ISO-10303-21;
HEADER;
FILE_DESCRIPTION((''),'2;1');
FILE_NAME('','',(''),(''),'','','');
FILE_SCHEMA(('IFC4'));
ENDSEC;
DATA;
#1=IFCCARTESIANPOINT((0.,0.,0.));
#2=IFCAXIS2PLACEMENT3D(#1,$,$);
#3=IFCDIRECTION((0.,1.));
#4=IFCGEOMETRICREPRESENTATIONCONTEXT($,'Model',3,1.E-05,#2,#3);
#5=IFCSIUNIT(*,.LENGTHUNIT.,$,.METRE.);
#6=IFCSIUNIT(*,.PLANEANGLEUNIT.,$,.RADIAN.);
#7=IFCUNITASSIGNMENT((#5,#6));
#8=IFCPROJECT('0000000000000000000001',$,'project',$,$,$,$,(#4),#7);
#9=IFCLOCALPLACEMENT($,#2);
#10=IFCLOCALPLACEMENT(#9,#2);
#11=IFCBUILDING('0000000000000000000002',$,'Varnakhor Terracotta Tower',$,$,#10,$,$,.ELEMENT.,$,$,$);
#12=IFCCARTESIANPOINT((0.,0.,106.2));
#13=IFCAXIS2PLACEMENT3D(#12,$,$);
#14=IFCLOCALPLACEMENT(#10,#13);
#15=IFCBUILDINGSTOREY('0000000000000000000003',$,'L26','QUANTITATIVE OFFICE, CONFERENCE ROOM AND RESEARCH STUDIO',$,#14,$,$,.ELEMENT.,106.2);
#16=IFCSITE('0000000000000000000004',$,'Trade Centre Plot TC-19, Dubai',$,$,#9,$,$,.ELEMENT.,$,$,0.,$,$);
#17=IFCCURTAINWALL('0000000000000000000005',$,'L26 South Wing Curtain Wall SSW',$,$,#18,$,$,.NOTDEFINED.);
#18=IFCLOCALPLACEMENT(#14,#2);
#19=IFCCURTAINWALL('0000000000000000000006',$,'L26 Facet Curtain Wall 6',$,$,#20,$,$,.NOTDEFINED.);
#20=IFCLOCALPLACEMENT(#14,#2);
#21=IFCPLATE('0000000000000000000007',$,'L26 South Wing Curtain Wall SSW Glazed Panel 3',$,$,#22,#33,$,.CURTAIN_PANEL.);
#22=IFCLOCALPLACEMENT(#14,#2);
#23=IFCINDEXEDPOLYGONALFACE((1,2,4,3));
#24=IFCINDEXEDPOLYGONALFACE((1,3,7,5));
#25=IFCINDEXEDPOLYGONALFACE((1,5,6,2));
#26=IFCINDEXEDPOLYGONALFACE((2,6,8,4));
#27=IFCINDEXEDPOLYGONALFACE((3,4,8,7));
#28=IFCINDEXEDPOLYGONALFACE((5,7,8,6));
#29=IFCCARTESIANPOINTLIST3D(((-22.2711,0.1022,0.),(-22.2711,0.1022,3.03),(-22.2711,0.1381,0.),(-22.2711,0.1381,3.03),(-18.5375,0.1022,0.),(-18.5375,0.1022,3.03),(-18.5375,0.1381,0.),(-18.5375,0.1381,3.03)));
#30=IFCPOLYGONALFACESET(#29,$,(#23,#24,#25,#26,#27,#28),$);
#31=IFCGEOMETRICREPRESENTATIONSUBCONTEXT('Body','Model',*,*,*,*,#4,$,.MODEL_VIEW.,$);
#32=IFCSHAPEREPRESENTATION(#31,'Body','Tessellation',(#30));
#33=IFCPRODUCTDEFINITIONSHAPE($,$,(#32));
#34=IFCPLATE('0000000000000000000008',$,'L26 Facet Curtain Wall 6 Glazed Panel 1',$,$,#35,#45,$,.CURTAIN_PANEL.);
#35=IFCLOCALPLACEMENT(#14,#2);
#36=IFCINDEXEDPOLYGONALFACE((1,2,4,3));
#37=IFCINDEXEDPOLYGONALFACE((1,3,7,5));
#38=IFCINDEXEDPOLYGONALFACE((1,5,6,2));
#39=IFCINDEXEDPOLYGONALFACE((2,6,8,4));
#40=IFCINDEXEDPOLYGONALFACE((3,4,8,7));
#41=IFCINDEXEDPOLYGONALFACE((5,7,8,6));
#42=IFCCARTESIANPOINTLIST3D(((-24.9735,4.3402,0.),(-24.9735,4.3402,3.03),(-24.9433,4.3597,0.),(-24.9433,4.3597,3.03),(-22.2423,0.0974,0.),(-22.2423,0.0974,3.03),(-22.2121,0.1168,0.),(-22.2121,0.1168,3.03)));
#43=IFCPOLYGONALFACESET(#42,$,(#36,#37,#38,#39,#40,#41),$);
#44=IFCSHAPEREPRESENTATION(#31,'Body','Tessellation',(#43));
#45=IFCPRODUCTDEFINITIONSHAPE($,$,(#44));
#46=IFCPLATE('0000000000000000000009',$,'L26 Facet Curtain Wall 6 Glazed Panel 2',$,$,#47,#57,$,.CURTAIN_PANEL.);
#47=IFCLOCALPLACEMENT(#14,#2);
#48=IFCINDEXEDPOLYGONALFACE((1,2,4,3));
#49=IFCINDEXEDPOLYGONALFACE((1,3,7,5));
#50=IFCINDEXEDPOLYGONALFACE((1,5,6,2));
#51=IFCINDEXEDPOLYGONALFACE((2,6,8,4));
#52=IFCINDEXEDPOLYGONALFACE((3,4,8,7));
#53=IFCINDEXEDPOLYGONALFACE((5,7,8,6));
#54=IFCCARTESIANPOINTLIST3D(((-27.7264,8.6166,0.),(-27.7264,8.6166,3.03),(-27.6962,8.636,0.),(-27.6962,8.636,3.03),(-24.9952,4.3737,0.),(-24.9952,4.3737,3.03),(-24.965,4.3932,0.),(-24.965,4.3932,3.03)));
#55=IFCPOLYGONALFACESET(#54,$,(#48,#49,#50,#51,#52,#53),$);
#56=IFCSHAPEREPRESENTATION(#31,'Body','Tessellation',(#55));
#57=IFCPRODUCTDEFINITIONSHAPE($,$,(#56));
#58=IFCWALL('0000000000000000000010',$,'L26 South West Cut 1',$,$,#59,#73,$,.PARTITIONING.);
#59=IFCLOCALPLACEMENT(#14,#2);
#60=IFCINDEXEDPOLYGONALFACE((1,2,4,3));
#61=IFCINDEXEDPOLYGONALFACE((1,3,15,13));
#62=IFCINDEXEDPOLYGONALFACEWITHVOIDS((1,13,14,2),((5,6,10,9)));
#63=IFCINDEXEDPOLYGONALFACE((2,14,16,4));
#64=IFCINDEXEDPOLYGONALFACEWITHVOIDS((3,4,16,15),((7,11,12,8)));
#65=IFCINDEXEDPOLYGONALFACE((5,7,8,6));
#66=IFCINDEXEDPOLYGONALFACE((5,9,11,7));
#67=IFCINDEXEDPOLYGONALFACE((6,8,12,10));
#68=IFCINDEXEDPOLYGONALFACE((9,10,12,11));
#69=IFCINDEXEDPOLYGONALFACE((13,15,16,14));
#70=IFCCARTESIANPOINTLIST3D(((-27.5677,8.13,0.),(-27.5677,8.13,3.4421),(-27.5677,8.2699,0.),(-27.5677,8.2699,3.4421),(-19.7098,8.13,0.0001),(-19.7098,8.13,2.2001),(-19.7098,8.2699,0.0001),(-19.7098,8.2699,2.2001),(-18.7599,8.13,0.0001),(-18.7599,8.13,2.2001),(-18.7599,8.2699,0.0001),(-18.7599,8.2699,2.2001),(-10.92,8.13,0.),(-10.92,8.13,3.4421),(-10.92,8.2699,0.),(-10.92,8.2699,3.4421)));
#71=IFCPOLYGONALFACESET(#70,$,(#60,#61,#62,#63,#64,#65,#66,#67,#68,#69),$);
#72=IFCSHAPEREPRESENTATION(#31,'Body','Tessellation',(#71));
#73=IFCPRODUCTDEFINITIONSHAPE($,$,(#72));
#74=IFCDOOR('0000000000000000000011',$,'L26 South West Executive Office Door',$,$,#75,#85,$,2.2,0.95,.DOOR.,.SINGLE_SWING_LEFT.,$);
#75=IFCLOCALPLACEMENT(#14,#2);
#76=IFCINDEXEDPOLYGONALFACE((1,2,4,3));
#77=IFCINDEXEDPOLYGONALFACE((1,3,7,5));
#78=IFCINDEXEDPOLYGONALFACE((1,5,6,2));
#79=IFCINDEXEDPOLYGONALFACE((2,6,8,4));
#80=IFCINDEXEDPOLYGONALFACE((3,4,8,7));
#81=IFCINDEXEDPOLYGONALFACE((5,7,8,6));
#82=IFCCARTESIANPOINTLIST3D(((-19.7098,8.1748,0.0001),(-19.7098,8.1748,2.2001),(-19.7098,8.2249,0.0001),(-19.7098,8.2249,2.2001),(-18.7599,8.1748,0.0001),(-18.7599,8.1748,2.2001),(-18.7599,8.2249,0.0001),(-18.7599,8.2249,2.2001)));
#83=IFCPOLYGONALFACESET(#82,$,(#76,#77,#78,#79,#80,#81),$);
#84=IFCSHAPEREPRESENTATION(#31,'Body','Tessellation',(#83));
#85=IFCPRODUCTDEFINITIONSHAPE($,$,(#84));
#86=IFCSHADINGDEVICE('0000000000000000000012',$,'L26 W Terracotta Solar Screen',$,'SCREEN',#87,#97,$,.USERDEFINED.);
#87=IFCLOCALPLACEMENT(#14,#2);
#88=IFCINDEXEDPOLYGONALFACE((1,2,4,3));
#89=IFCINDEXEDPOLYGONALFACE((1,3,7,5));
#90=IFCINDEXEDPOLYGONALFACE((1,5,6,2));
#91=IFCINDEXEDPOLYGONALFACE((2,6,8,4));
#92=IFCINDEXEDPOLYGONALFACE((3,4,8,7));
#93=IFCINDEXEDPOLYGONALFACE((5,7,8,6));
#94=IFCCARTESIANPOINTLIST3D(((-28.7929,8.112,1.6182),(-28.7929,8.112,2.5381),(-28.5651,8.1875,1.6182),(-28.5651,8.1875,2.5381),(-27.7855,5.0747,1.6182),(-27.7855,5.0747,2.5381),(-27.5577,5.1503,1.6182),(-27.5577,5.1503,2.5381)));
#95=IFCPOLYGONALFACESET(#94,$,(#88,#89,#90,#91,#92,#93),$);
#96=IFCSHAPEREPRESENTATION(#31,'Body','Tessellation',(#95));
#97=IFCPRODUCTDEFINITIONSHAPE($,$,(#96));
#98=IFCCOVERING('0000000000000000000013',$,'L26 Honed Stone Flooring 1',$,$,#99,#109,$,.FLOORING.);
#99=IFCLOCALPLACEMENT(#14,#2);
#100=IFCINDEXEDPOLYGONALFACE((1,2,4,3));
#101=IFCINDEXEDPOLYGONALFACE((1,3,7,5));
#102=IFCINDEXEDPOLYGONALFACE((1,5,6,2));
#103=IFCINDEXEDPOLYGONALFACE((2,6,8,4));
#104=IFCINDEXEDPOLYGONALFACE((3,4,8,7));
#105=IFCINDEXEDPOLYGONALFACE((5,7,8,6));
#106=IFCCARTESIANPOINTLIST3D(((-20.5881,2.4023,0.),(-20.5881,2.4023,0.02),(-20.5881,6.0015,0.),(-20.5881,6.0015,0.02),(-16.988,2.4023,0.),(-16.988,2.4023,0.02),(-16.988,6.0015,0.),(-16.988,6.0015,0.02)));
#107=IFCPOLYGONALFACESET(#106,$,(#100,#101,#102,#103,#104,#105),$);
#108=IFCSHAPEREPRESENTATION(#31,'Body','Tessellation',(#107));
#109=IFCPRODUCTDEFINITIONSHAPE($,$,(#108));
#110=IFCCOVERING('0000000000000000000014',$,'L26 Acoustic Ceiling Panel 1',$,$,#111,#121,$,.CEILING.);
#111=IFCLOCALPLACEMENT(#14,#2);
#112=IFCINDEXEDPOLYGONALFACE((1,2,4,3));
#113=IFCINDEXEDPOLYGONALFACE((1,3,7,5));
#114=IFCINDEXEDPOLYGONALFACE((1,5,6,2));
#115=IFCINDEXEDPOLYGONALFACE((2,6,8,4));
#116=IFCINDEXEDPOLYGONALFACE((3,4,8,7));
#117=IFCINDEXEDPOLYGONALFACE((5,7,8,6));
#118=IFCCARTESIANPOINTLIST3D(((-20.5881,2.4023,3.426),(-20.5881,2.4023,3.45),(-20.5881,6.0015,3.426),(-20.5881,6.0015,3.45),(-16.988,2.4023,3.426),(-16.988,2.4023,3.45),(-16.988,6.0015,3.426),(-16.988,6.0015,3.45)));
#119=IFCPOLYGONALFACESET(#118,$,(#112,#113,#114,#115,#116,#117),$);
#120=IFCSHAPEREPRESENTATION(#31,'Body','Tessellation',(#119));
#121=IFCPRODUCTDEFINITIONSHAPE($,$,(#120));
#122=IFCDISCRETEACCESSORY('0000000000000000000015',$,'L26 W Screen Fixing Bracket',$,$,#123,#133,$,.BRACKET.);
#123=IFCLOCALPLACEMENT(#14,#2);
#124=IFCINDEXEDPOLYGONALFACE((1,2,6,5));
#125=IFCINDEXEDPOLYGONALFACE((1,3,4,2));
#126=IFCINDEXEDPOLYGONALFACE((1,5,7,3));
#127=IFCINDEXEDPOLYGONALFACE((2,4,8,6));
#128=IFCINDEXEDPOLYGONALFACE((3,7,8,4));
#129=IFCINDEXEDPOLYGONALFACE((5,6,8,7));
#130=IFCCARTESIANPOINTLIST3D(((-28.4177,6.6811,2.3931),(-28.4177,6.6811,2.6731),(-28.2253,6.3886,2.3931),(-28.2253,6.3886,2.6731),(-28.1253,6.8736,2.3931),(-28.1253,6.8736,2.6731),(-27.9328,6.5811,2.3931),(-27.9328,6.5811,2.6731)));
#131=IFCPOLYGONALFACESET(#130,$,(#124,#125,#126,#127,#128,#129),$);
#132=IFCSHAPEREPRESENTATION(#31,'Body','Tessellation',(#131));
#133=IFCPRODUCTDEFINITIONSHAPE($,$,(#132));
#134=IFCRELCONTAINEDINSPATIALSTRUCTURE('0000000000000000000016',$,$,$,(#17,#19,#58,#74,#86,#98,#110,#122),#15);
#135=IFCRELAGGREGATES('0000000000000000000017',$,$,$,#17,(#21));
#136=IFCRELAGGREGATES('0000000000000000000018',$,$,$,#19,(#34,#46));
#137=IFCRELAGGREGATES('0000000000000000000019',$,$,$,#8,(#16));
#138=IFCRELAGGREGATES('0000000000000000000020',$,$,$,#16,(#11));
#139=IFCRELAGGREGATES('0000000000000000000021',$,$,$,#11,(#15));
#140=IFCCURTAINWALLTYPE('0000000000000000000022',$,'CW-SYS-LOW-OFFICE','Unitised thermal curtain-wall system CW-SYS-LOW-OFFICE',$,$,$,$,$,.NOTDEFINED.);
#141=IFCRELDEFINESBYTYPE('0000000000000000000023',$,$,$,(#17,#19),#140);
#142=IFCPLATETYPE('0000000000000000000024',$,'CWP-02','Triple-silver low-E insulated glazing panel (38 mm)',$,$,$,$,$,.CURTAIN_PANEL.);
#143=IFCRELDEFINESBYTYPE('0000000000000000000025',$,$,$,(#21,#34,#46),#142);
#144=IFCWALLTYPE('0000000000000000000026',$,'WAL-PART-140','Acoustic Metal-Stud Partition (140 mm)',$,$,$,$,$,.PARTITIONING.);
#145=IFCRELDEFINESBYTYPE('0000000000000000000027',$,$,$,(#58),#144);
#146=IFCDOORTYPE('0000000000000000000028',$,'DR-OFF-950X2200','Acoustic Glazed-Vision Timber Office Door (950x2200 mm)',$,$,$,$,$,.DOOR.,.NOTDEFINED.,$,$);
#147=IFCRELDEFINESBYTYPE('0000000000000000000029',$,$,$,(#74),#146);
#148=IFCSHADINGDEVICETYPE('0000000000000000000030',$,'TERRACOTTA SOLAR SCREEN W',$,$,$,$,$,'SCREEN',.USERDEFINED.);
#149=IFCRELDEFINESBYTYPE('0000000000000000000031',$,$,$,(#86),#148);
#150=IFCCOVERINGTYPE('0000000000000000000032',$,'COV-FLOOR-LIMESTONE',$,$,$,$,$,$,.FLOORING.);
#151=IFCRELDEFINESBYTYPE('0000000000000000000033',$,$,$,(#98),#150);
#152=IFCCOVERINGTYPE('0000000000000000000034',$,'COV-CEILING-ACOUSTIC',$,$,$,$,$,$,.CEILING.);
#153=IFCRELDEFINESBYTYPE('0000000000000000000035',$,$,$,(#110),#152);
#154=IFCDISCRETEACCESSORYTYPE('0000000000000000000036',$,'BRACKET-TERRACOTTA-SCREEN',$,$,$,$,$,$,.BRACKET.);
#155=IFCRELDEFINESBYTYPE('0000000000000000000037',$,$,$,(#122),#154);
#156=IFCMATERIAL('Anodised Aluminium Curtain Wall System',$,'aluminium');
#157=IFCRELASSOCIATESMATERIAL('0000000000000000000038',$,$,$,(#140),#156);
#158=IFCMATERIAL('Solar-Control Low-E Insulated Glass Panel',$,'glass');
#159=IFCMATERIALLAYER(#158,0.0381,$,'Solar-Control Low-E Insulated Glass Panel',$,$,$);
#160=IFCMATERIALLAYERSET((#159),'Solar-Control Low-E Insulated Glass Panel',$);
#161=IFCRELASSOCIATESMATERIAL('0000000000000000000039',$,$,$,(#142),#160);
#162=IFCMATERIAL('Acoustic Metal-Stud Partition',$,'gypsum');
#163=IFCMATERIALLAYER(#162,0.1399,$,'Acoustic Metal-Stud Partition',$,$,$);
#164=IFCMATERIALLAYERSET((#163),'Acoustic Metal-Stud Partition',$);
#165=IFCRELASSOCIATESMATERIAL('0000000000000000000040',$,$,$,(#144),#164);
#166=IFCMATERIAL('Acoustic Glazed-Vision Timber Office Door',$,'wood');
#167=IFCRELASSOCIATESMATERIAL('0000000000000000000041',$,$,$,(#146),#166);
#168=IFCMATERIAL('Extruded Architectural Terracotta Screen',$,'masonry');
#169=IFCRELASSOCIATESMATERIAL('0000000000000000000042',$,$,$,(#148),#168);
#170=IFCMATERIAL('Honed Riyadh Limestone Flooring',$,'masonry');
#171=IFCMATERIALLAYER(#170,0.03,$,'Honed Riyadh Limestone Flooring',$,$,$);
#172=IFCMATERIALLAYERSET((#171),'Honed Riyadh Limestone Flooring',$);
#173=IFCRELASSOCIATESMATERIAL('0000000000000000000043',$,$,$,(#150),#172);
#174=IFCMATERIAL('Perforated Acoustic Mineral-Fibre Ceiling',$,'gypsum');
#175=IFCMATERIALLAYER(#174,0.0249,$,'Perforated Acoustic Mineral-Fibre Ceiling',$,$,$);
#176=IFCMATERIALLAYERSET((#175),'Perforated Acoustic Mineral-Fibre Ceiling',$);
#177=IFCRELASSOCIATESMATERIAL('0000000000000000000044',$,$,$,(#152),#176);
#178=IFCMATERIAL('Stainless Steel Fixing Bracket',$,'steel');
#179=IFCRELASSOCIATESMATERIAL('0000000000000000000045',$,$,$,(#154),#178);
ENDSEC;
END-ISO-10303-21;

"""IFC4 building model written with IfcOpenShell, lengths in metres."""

from ifc_helpers import new_model, si_unit, direction, frame, frame_2d, origin, origin_2d, place, context, subcontext, project, spatial, rectangle, extrude, source, transform, mapped, material, layer, layer_set, type_object, type_shapes, element, fill, aggregate, save


model = new_model("IFC4")

# Units and contexts
model_context = context("Model", 3, precision=1e-05, world=origin(), true_north=direction((0.0, 1.0)))
body_context = subcontext(model_context, "Body", "Model", "MODEL_VIEW")
ifc_project = project(units=[si_unit("LENGTHUNIT", "METRE"), si_unit("PLANEANGLEUNIT", "RADIAN")], contexts=[model_context])

# Site, building, storey
site_placement = place(None, origin())
site = spatial("IfcSite", under=ifc_project, at=site_placement, Name="Trade Centre Plot TC-19, Dubai", CompositionType="ELEMENT", RefElevation=0.0)
building_placement = place(site_placement, origin())
building = spatial("IfcBuilding", under=site, at=building_placement, Name="Varnakhor Terracotta Tower", CompositionType="ELEMENT")
storey_placement = place(building_placement, frame((0.0, 0.0, 106.2)))
storey = spatial("IfcBuildingStorey", under=building, at=storey_placement, Name="L26", Description="QUANTITATIVE OFFICE, CONFERENCE ROOM AND RESEARCH STUDIO", CompositionType="ELEMENT", Elevation=106.2)

# Curtain walls
ifc_material_1 = material(Name="Anodised Aluminium Curtain Wall System", Category="aluminium")
curtain_wall_type = type_object("IfcCurtainWallType", Name="CW-SYS-LOW-OFFICE", Description="Unitised thermal curtain-wall system CW-SYS-LOW-OFFICE", PredefinedType="NOTDEFINED", material=ifc_material_1)
curtain_wall_1_placement = place(storey_placement, origin())
curtain_wall_1 = element("IfcCurtainWall", 1, at=curtain_wall_1_placement, inside=storey, type_object=curtain_wall_type, Name="L26 South Wing Curtain Wall SSW", PredefinedType="NOTDEFINED")
curtain_wall_2_placement = place(storey_placement, origin())
curtain_wall_2 = element("IfcCurtainWall", 2, at=curtain_wall_2_placement, inside=storey, type_object=curtain_wall_type, Name="L26 Facet Curtain Wall 6", PredefinedType="NOTDEFINED")

# Plates
ifc_material_2 = material(Name="Solar-Control Low-E Insulated Glass Panel", Category="glass")
ifc_layer_1 = layer(ifc_material_2, 0.0381, Name="Solar-Control Low-E Insulated Glass Panel")
ifc_layer_set_1 = layer_set([ifc_layer_1], Name="Solar-Control Low-E Insulated Glass Panel")
plate_type = type_object("IfcPlateType", Name="CWP-02", Description="Triple-silver low-E insulated glazing panel (38 mm)", PredefinedType="CURTAIN_PANEL", material=ifc_layer_set_1)
shared_shape_1 = source(origin(), body_context, "Body", "SweptSolid", [
    extrude(rectangle(XDim=3.7336, YDim=0.0359, at=origin_2d()), origin(), (0.0, 0.0, 1.0), 3.03),
])
plate_1_placement = place(storey_placement, frame((-20.4043, 0.1201, 0.0), z_axis=(0.0, 0.0, 1.0), x_axis=(-1.0, 0.0, 0.0)))
plate_1 = element("IfcPlate", 3, at=plate_1_placement, type_object=plate_type, Name="L26 South Wing Curtain Wall SSW Glazed Panel 3", PredefinedType="CURTAIN_PANEL", context=body_context, shape_type="MappedRepresentation", body=[
    mapped(shared_shape_1, transform((0.0, 0.0, 0.0), scale=1.0)),
])
aggregate(curtain_wall_1, [plate_1])
shared_shape_2 = source(origin(), body_context, "Body", "SweptSolid", [
    extrude(rectangle(XDim=5.0459, YDim=0.0359, at=origin_2d()), origin(), (0.0, 0.0, 1.0), 3.03),
])
plate_2_placement = place(storey_placement, frame((-23.5928, 2.2285, 0.0), z_axis=(0.0, 0.0, 1.0), x_axis=(-0.541268, 0.84085, 0.0)))
plate_2 = element("IfcPlate", 4, at=plate_2_placement, type_object=plate_type, Name="L26 Facet Curtain Wall 6 Glazed Panel 1", PredefinedType="CURTAIN_PANEL", context=body_context, shape_type="MappedRepresentation", body=[
    mapped(shared_shape_2, transform((0.0, 0.0, 0.0), scale=1.0)),
])
plate_3_placement = place(storey_placement, frame((-26.3457, 6.5049, 0.0), z_axis=(0.0, 0.0, 1.0), x_axis=(-0.541268, 0.84085, 0.0)))
plate_3 = element("IfcPlate", 5, at=plate_3_placement, type_object=plate_type, Name="L26 Facet Curtain Wall 6 Glazed Panel 2", PredefinedType="CURTAIN_PANEL", context=body_context, shape_type="MappedRepresentation", body=[
    mapped(shared_shape_2, transform((0.0, 0.0, 0.0), scale=1.0)),
])
aggregate(curtain_wall_2, [plate_2, plate_3])

# Wall, opening, door
ifc_material_3 = material(Name="Acoustic Metal-Stud Partition", Category="gypsum")
ifc_layer_2 = layer(ifc_material_3, 0.1399, Name="Acoustic Metal-Stud Partition")
ifc_layer_set_2 = layer_set([ifc_layer_2], Name="Acoustic Metal-Stud Partition")
wall_type = type_object("IfcWallType", Name="WAL-PART-140", Description="Acoustic Metal-Stud Partition (140 mm)", PredefinedType="PARTITIONING", material=ifc_layer_set_2)
wall_placement = place(storey_placement, frame((-27.5676, 8.2, 0.0), z_axis=(0.0, 0.0, 1.0), x_axis=(1.0, 0.0, 0.0)))
wall = element("IfcWall", 6, at=wall_placement, inside=storey, type_object=wall_type, Name="L26 South West Cut 1", PredefinedType="PARTITIONING", context=body_context, shape_type="SweptSolid", body=[
    extrude(rectangle(XDim=16.6477, YDim=0.1399, at=frame_2d((8.3237, 0.0))), origin(), (0.0, 0.0, 1.0), 3.4421),
])
opening_placement = place(wall_placement, frame((7.8577, 0.0, 0.0)))
opening = element("IfcOpeningElement", 7, at=opening_placement, cuts=wall, PredefinedType="OPENING", context=body_context, shape_type="SweptSolid", body=[
    extrude(rectangle(XDim=0.95, YDim=2.2, at=frame_2d((0.4751, 1.1001))), frame((0.0, 0.0801, 0.0), z_axis=(0.0, -1.0, 0.0), x_axis=(1.0, 0.0, 0.0)), (0.0, 0.0, 1.0), 0.1599),
])
ifc_material_4 = material(Name="Acoustic Glazed-Vision Timber Office Door", Category="wood")
door_type = type_object("IfcDoorType", Name="DR-OFF-950X2200", Description="Acoustic Glazed-Vision Timber Office Door (950x2200 mm)", OperationType="NOTDEFINED", PredefinedType="DOOR", material=ifc_material_4)
shared_shape_3 = source(origin(), body_context, "Body", "SweptSolid", [
    extrude(rectangle(XDim=0.95, YDim=2.2, at=frame_2d((0.4751, 1.1001))), frame((0.0, 0.0249, 0.0), z_axis=(0.0, -1.0, 0.0), x_axis=(1.0, 0.0, 0.0)), (0.0, 0.0, 1.0), 0.05),
])
type_shapes(door_type, [shared_shape_3])
door_placement = place(opening_placement, origin())
door = element("IfcDoor", 8, at=door_placement, inside=storey, type_object=door_type, Name="L26 South West Executive Office Door", OperationType="SINGLE_SWING_LEFT", OverallHeight=2.2, OverallWidth=0.95, PredefinedType="DOOR", context=body_context, shape_type="MappedRepresentation", body=[
    mapped(shared_shape_3, transform((0.0, 0.0, 0.0), scale=1.0)),
])
fill(opening, door)

# Shading device
ifc_material_5 = material(Name="Extruded Architectural Terracotta Screen", Category="masonry")
shading_device_type = type_object("IfcShadingDeviceType", Name="TERRACOTTA SOLAR SCREEN W", ElementType="SCREEN", PredefinedType="USERDEFINED", material=ifc_material_5)
shared_shape_4 = source(origin(), body_context, "Body", "SweptSolid", [
    extrude(rectangle(XDim=3.2, YDim=0.24, at=origin_2d()), origin(), (0.0, 0.0, 1.0), 0.9199),
])
type_shapes(shading_device_type, [shared_shape_4])
shading_device_placement = place(storey_placement, frame((-28.1753, 6.6311, 1.6182), z_axis=(0.0, 0.0, 1.0), x_axis=(0.314804, -0.949157, 0.0)))
element("IfcShadingDevice", 9, at=shading_device_placement, inside=storey, type_object=shading_device_type, Name="L26 W Terracotta Solar Screen", ObjectType="SCREEN", PredefinedType="USERDEFINED", context=body_context, shape_type="MappedRepresentation", body=[
    mapped(shared_shape_4, transform((0.0, 0.0, 0.0), scale=1.0)),
])

# Coverings
ifc_material_6 = material(Name="Honed Riyadh Limestone Flooring", Category="masonry")
ifc_layer_3 = layer(ifc_material_6, 0.03, Name="Honed Riyadh Limestone Flooring")
ifc_layer_set_3 = layer_set([ifc_layer_3], Name="Honed Riyadh Limestone Flooring")
covering_type_1 = type_object("IfcCoveringType", Name="COV-FLOOR-LIMESTONE", PredefinedType="FLOORING", material=ifc_layer_set_3)
shared_shape_5 = source(origin(), body_context, "Body", "SweptSolid", [
    extrude(rectangle(XDim=3.6001, YDim=3.5991, at=origin_2d()), origin(), (0.0, 0.0, 1.0), 0.02),
])
covering_1_placement = place(storey_placement, frame((-18.7881, 4.2019, 0.0), z_axis=(0.0, 0.0, 1.0), x_axis=(1.0, 0.0, 0.0)))
element("IfcCovering", 10, at=covering_1_placement, inside=storey, type_object=covering_type_1, Name="L26 Honed Stone Flooring 1", PredefinedType="FLOORING", context=body_context, shape_type="MappedRepresentation", body=[
    mapped(shared_shape_5, transform((0.0, 0.0, 0.0), scale=1.0)),
])
ifc_material_7 = material(Name="Perforated Acoustic Mineral-Fibre Ceiling", Category="gypsum")
ifc_layer_4 = layer(ifc_material_7, 0.0249, Name="Perforated Acoustic Mineral-Fibre Ceiling")
ifc_layer_set_4 = layer_set([ifc_layer_4], Name="Perforated Acoustic Mineral-Fibre Ceiling")
covering_type_2 = type_object("IfcCoveringType", Name="COV-CEILING-ACOUSTIC", PredefinedType="CEILING", material=ifc_layer_set_4)
shared_shape_6 = source(origin(), body_context, "Body", "SweptSolid", [
    extrude(rectangle(XDim=3.6001, YDim=3.5991, at=origin_2d()), origin(), (0.0, 0.0, 1.0), 0.0239),
])
covering_2_placement = place(storey_placement, frame((-18.7881, 4.2019, 3.426), z_axis=(0.0, 0.0, 1.0), x_axis=(1.0, 0.0, 0.0)))
element("IfcCovering", 11, at=covering_2_placement, inside=storey, type_object=covering_type_2, Name="L26 Acoustic Ceiling Panel 1", PredefinedType="CEILING", context=body_context, shape_type="MappedRepresentation", body=[
    mapped(shared_shape_6, transform((0.0, 0.0, 0.0), scale=1.0)),
])

# Discrete accessory
ifc_material_8 = material(Name="Stainless Steel Fixing Bracket", Category="steel")
discrete_accessory_type = type_object("IfcDiscreteAccessoryType", Name="BRACKET-TERRACOTTA-SCREEN", PredefinedType="BRACKET", material=ifc_material_8)
shared_shape_7 = source(origin(), body_context, "Body", "SweptSolid", [
    extrude(rectangle(XDim=0.3501, YDim=0.3501, at=origin_2d()), origin(), (0.0, 0.0, 1.0), 0.28),
])
type_shapes(discrete_accessory_type, [shared_shape_7])
discrete_accessory_placement = place(storey_placement, frame((-28.1753, 6.6311, 2.3931), z_axis=(0.0, 0.0, 1.0), x_axis=(0.549737, -0.835338, 0.0)))
element("IfcDiscreteAccessory", 12, at=discrete_accessory_placement, inside=storey, type_object=discrete_accessory_type, Name="L26 W Screen Fixing Bracket", PredefinedType="BRACKET", context=body_context, shape_type="MappedRepresentation", body=[
    mapped(shared_shape_7, transform((0.0, 0.0, 0.0), scale=1.0)),
])

save(model, "model.ifc")
